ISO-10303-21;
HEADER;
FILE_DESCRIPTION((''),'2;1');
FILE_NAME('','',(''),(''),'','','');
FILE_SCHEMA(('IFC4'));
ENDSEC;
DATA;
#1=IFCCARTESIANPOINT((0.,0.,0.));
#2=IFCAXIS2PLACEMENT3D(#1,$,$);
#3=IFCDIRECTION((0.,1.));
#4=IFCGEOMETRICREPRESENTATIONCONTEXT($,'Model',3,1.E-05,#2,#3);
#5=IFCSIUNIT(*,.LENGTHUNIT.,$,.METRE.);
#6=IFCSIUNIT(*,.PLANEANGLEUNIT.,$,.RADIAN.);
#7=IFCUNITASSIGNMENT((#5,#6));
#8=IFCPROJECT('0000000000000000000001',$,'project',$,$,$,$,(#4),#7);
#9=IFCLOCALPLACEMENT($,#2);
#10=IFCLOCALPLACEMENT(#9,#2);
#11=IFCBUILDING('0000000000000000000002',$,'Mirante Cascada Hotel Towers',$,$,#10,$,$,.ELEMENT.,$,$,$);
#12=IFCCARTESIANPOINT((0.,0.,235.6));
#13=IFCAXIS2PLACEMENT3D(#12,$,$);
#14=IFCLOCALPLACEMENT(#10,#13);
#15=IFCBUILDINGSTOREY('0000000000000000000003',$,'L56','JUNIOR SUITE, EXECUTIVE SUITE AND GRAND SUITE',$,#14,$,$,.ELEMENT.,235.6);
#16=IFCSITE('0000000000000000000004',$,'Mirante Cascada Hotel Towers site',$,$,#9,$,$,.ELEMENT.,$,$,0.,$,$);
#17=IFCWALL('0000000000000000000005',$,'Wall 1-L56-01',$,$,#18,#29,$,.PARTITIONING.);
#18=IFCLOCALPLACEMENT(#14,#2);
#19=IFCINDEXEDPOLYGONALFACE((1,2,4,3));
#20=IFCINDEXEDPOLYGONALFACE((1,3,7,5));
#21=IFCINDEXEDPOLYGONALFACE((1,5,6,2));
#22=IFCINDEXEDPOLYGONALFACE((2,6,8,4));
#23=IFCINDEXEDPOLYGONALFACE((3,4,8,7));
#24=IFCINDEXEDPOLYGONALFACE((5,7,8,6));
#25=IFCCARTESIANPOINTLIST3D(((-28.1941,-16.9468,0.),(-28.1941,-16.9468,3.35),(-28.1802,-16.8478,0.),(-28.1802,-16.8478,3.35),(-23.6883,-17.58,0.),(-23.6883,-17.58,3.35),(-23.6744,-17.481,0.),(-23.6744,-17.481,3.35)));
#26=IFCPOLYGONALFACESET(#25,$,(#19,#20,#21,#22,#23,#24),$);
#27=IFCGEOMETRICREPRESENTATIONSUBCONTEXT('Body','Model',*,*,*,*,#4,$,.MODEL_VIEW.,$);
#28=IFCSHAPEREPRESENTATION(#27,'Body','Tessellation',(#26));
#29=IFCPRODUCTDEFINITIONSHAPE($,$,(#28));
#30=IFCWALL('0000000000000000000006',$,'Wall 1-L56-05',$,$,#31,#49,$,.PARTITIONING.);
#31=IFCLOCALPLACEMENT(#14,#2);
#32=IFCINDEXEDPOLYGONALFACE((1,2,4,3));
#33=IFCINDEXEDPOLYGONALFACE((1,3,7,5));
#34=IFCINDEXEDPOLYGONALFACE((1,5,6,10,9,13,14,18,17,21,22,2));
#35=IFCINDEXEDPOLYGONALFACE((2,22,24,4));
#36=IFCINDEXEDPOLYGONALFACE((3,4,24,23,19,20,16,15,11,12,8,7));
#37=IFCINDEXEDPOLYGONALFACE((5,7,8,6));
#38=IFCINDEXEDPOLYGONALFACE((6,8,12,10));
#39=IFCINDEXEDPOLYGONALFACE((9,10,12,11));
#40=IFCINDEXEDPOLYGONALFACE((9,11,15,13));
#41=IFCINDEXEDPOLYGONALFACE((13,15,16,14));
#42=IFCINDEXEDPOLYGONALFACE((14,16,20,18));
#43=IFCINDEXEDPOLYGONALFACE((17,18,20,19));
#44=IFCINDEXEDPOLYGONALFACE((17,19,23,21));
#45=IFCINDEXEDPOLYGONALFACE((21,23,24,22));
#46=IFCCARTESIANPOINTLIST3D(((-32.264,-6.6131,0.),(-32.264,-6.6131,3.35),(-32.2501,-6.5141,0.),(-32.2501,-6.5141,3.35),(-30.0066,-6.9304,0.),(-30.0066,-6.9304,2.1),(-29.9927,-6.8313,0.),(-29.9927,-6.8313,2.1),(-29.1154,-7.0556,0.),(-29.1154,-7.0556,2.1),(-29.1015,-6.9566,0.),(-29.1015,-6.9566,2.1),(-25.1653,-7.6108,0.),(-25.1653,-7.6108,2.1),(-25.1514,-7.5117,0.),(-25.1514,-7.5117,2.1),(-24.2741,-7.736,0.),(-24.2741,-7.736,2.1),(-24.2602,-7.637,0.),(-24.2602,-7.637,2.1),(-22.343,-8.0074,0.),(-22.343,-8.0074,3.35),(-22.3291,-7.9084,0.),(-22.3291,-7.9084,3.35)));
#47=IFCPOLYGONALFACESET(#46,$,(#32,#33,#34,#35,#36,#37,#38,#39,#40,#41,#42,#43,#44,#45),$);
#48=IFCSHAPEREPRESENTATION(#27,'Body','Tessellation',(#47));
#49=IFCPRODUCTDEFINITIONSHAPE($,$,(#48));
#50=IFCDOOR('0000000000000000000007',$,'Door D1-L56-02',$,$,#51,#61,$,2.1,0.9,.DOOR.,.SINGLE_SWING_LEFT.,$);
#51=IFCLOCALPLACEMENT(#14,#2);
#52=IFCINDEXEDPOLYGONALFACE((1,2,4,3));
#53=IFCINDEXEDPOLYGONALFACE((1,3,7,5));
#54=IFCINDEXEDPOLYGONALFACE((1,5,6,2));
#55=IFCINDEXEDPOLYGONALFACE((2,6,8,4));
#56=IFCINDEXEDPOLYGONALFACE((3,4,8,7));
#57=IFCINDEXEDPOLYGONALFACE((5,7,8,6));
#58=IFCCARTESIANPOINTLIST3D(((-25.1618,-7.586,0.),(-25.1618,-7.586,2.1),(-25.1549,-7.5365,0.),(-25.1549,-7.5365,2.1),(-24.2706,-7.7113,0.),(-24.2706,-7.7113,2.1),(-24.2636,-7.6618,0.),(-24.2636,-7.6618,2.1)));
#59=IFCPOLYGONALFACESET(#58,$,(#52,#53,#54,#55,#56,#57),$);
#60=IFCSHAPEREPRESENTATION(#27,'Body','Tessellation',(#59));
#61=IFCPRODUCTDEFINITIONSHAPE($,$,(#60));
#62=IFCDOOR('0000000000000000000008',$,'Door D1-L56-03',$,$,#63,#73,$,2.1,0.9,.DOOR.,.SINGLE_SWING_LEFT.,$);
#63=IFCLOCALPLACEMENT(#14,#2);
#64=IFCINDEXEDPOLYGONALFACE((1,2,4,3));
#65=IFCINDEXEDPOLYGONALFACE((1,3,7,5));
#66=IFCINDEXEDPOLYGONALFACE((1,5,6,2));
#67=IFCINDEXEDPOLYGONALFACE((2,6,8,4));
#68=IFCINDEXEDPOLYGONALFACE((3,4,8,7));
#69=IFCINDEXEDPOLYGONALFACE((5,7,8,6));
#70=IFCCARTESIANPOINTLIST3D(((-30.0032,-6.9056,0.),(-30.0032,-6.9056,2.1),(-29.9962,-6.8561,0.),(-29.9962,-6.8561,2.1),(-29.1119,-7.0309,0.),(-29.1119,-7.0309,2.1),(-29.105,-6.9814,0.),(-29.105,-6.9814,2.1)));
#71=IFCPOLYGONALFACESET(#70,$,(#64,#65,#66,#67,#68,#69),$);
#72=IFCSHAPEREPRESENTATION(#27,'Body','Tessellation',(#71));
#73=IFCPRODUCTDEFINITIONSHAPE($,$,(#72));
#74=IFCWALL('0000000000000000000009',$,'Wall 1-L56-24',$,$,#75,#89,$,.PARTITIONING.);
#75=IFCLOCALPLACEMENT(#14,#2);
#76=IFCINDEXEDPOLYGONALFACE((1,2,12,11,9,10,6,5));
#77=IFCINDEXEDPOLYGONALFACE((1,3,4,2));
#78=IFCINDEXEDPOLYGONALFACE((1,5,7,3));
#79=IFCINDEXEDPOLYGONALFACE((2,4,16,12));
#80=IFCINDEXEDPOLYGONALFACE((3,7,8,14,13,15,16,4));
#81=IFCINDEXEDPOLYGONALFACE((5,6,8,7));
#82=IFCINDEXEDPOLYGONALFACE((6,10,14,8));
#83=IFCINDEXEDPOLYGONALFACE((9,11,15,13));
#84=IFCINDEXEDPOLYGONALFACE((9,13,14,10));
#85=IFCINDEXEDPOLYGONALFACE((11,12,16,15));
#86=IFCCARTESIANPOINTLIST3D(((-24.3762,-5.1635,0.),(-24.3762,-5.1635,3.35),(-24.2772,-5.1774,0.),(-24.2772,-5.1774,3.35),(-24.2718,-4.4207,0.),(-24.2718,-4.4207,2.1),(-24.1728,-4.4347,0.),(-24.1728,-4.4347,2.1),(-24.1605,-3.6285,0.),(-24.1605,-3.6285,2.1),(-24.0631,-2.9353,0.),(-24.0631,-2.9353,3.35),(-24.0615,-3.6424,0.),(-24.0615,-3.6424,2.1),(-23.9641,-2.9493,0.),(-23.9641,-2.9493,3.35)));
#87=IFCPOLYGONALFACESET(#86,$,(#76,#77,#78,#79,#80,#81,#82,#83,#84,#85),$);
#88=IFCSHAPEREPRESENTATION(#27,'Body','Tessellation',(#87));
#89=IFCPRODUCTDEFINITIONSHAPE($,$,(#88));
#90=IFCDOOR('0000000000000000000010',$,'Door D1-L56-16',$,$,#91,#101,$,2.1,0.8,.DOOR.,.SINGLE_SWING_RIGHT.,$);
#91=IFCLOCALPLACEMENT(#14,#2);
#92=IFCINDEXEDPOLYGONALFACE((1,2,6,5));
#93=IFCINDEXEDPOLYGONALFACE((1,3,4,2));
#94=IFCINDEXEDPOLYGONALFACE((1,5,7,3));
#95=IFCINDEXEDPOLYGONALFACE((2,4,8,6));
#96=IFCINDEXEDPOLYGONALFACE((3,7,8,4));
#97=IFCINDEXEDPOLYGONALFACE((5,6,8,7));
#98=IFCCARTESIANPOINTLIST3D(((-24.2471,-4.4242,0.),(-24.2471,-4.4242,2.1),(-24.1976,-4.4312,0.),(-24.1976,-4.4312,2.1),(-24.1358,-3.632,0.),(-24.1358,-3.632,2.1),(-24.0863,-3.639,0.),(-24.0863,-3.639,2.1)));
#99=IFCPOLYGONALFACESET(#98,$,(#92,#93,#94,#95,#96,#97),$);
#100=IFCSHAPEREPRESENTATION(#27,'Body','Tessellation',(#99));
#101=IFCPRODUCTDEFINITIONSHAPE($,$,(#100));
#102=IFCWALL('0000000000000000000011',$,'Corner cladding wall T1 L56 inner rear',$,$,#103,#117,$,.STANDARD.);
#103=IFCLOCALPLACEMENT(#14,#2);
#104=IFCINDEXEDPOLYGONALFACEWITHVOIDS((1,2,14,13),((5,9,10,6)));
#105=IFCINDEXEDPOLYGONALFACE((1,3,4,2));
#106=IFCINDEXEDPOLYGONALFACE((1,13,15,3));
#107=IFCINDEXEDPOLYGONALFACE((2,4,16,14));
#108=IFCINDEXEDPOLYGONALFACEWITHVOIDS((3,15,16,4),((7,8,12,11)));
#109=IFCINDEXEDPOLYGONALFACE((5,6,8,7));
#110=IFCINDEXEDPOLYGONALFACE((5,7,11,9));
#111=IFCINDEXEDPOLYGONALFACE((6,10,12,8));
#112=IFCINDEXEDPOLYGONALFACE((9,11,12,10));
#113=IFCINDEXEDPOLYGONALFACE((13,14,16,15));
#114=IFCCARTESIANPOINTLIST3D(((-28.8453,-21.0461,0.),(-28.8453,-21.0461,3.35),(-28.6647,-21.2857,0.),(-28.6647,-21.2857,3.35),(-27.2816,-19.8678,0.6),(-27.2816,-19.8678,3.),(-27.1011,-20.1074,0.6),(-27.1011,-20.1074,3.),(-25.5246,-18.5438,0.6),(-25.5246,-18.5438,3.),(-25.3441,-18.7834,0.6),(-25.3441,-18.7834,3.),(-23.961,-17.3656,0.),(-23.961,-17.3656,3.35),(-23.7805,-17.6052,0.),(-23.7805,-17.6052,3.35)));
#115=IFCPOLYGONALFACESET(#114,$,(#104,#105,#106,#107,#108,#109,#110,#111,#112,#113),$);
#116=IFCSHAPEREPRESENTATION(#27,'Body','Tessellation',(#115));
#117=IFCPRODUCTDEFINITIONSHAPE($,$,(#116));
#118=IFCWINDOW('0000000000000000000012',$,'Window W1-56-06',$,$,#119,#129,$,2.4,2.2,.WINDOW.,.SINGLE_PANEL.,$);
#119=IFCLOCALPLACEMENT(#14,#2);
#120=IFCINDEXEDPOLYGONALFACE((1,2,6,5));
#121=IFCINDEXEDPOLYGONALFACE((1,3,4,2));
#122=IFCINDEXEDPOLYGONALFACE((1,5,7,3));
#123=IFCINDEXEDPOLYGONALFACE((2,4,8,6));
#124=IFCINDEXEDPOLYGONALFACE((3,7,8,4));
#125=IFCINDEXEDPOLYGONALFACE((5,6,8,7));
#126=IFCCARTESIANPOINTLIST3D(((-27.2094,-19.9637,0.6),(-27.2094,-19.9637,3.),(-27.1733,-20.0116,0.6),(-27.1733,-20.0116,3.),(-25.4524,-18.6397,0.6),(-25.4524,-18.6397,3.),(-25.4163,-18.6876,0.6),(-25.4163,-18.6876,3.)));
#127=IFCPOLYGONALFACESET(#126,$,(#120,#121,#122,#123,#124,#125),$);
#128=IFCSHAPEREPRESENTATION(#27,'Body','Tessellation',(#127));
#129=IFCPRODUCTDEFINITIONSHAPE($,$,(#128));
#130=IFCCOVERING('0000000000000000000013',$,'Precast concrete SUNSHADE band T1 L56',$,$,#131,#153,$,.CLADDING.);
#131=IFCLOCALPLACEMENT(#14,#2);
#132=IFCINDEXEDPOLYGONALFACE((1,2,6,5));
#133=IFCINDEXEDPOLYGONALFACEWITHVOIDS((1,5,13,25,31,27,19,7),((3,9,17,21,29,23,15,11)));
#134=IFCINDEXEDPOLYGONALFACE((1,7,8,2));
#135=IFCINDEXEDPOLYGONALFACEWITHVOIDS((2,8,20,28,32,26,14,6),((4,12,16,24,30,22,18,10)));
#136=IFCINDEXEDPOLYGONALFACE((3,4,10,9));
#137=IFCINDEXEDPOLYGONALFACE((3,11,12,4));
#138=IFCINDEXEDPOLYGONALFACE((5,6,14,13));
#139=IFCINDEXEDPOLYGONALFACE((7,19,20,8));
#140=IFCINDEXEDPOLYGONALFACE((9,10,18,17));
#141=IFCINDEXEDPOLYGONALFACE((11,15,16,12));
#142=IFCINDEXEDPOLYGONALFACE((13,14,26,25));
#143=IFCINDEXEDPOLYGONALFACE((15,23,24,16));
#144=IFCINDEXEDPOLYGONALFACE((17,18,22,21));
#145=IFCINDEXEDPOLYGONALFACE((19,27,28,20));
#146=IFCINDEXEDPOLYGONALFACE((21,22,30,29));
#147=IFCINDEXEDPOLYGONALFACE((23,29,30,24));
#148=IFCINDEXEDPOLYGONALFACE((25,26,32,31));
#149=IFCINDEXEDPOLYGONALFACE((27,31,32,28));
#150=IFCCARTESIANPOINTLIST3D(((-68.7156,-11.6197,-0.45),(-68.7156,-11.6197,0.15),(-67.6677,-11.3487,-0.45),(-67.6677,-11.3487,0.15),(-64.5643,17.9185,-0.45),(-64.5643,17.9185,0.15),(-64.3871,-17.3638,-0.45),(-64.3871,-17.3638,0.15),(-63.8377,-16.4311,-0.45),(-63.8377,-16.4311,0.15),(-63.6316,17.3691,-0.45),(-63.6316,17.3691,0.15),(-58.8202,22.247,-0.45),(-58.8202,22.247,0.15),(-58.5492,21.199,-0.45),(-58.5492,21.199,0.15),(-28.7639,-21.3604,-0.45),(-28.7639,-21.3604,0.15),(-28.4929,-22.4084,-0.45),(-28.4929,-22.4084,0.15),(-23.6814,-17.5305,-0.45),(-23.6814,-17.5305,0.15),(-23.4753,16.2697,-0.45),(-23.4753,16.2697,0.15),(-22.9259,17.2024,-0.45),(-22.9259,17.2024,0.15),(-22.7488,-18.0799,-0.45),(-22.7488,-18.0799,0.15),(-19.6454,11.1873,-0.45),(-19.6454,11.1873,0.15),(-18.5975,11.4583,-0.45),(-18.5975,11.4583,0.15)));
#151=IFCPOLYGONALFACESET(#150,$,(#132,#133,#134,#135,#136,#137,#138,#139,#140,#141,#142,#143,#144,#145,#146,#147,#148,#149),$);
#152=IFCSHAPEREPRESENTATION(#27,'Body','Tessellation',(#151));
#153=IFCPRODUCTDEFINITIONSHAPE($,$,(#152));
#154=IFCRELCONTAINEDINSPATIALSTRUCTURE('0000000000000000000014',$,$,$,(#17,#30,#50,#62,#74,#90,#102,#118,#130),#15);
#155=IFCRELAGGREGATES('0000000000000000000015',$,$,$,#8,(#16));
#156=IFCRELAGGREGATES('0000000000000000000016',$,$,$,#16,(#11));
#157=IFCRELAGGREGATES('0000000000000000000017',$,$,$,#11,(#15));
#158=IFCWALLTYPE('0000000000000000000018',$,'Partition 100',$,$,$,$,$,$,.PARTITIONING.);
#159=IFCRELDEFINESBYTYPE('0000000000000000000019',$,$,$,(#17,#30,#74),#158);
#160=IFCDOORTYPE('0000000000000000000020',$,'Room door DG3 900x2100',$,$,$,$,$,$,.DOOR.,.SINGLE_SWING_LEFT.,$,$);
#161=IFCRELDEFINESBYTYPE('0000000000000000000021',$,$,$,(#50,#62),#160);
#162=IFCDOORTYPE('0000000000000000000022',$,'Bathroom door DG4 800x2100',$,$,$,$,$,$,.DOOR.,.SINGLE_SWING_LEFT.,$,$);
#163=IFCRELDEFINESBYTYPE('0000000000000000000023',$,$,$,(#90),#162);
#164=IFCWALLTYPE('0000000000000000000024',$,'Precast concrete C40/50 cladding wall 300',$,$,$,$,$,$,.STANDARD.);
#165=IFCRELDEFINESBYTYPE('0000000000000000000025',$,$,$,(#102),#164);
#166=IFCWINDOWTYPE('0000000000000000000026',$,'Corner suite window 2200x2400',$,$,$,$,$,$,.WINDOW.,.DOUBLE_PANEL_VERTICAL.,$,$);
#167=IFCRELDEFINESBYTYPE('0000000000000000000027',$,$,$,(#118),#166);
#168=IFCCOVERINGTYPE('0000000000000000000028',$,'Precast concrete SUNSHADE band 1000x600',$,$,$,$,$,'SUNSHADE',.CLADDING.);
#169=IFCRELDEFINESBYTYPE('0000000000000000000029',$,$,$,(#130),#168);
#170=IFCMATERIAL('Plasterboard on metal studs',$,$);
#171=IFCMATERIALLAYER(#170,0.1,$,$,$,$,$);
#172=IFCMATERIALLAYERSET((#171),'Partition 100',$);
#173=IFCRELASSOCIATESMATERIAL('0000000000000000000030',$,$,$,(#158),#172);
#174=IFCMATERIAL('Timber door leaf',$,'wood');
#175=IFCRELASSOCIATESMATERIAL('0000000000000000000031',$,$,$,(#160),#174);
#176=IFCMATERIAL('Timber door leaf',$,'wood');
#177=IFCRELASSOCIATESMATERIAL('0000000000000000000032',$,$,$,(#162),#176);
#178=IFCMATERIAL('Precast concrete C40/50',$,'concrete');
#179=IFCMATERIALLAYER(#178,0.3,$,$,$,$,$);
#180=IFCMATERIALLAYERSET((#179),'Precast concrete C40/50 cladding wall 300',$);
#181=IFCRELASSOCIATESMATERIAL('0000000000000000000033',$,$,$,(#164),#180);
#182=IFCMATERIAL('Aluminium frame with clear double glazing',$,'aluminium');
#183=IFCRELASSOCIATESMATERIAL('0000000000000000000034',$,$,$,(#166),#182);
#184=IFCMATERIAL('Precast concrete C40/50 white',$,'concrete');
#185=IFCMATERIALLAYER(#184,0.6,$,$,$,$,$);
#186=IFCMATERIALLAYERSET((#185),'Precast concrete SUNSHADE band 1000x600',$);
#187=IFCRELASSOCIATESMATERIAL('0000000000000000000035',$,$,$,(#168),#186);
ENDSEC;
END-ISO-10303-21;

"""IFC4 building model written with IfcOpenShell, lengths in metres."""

from ifc_helpers import new_model, si_unit, direction, frame, frame_2d, origin, place, context, subcontext, project, spatial, polyline, rectangle, outline, extrude, material, layer, layer_set, type_object, element, fill, save


model = new_model("IFC4")

# Units and contexts
model_context = context("Model", 3, precision=1e-05, world=origin(), true_north=direction((0.0, 1.0)))
body_context = subcontext(model_context, "Body", "Model", "MODEL_VIEW")
ifc_project = project(units=[si_unit("LENGTHUNIT", "METRE"), si_unit("PLANEANGLEUNIT", "RADIAN")], contexts=[model_context])

# Site, building, storey
site_placement = place(None, origin())
site = spatial("IfcSite", under=ifc_project, at=site_placement, Name="Mirante Cascada Hotel Towers site", CompositionType="ELEMENT", RefElevation=0.0)
building_placement = place(site_placement, origin())
building = spatial("IfcBuilding", under=site, at=building_placement, Name="Mirante Cascada Hotel Towers", CompositionType="ELEMENT")
storey_placement = place(building_placement, frame((0.0, 0.0, 235.6)))
storey = spatial("IfcBuildingStorey", under=building, at=storey_placement, Name="L56", Description="JUNIOR SUITE, EXECUTIVE SUITE AND GRAND SUITE", CompositionType="ELEMENT", Elevation=235.6)

# Wall
ifc_material_1 = material(Name="Plasterboard on metal studs")
ifc_layer_1 = layer(ifc_material_1, 0.1)
ifc_layer_set_1 = layer_set([ifc_layer_1], Name="Partition 100")
wall_type_1 = type_object("IfcWallType", Name="Partition 100", PredefinedType="PARTITIONING", material=ifc_layer_set_1)
wall_1_placement = place(storey_placement, frame((-23.6814, -17.5305, 0.0), z_axis=(0.0, 0.0, 1.0), x_axis=(-0.99027, 0.139163, 0.0)))
element("IfcWall", 1, at=wall_1_placement, inside=storey, type_object=wall_type_1, Name="Wall 1-L56-01", PredefinedType="PARTITIONING", context=body_context, shape_type="SweptSolid", body=[
    extrude(rectangle(XDim=4.5501, YDim=0.1, at=frame_2d((2.275, 0.0))), origin(), (0.0, 0.0, 1.0), 3.35),
])

# Wall, openings, doors
wall_2_placement = place(storey_placement, frame((-22.3361, -7.9579, 0.0), z_axis=(0.0, 0.0, 1.0), x_axis=(-0.990268, 0.139173, 0.0)))
wall_2 = element("IfcWall", 2, at=wall_2_placement, inside=storey, type_object=wall_type_1, Name="Wall 1-L56-05", PredefinedType="PARTITIONING", context=body_context, shape_type="SweptSolid", body=[
    extrude(rectangle(XDim=10.0185, YDim=0.1, at=frame_2d((5.0092, 0.0))), origin(), (0.0, 0.0, 1.0), 3.35),
])
opening_1_placement = place(wall_2_placement, frame((1.95, 0.0, 0.0)))
opening_1 = element("IfcOpeningElement", 3, at=opening_1_placement, cuts=wall_2, PredefinedType="OPENING", context=body_context, shape_type="SweptSolid", body=[
    extrude(rectangle(XDim=0.9, YDim=2.1, at=frame_2d((0.45, 1.05))), frame((0.0, 0.05, 0.0), z_axis=(0.0, -1.0, 0.0), x_axis=(1.0, 0.0, 0.0)), (0.0, 0.0, 1.0), 0.1),
])
opening_2_placement = place(wall_2_placement, frame((6.8389, 0.0, 0.0)))
opening_2 = element("IfcOpeningElement", 4, at=opening_2_placement, cuts=wall_2, PredefinedType="OPENING", context=body_context, shape_type="SweptSolid", body=[
    extrude(rectangle(XDim=0.9, YDim=2.1, at=frame_2d((0.45, 1.05))), frame((0.0, 0.05, 0.0), z_axis=(0.0, -1.0, 0.0), x_axis=(1.0, 0.0, 0.0)), (0.0, 0.0, 1.0), 0.1),
])
ifc_material_2 = material(Name="Timber door leaf", Category="wood")
door_type_1 = type_object("IfcDoorType", Name="Room door DG3 900x2100", OperationType="SINGLE_SWING_LEFT", PredefinedType="DOOR", material=ifc_material_2)
door_1_placement = place(opening_1_placement, origin())
door_1 = element("IfcDoor", 5, at=door_1_placement, inside=storey, type_object=door_type_1, Name="Door D1-L56-02", OperationType="SINGLE_SWING_LEFT", OverallHeight=2.1, OverallWidth=0.9, PredefinedType="DOOR", context=body_context, shape_type="SweptSolid", body=[
    extrude(rectangle(XDim=0.9, YDim=2.1, at=frame_2d((0.45, 1.05))), frame((0.0, 0.025, 0.0), z_axis=(0.0, -1.0, 0.0), x_axis=(1.0, 0.0, 0.0)), (0.0, 0.0, 1.0), 0.05),
])
fill(opening_1, door_1)
door_2_placement = place(opening_2_placement, origin())
door_2 = element("IfcDoor", 6, at=door_2_placement, inside=storey, type_object=door_type_1, Name="Door D1-L56-03", OperationType="SINGLE_SWING_LEFT", OverallHeight=2.1, OverallWidth=0.9, PredefinedType="DOOR", context=body_context, shape_type="SweptSolid", body=[
    extrude(rectangle(XDim=0.9, YDim=2.1, at=frame_2d((0.45, 1.05))), frame((0.0, 0.025, 0.0), z_axis=(0.0, -1.0, 0.0), x_axis=(1.0, 0.0, 0.0)), (0.0, 0.0, 1.0), 0.05),
])
fill(opening_2, door_2)

# Wall, opening, door
wall_3_placement = place(storey_placement, frame((-24.0136, -2.9423, 0.0), z_axis=(0.0, 0.0, 1.0), x_axis=(-0.139156, -0.990271, 0.0)))
wall_3 = element("IfcWall", 7, at=wall_3_placement, inside=storey, type_object=wall_type_1, Name="Wall 1-L56-24", PredefinedType="PARTITIONING", context=body_context, shape_type="SweptSolid", body=[
    extrude(rectangle(XDim=2.25, YDim=0.1, at=frame_2d((1.125, 0.0))), origin(), (0.0, 0.0, 1.0), 3.35),
])
opening_3_placement = place(wall_3_placement, frame((0.7, 0.0, 0.0)))
opening_3 = element("IfcOpeningElement", 8, at=opening_3_placement, cuts=wall_3, PredefinedType="OPENING", context=body_context, shape_type="SweptSolid", body=[
    extrude(rectangle(XDim=0.8, YDim=2.1, at=frame_2d((0.4, 1.05))), frame((0.0, 0.05, 0.0), z_axis=(0.0, -1.0, 0.0), x_axis=(1.0, 0.0, 0.0)), (0.0, 0.0, 1.0), 0.1),
])
ifc_material_3 = material(Name="Timber door leaf", Category="wood")
door_type_2 = type_object("IfcDoorType", Name="Bathroom door DG4 800x2100", OperationType="SINGLE_SWING_LEFT", PredefinedType="DOOR", material=ifc_material_3)
door_3_placement = place(opening_3_placement, frame((0.8, 0.0, 0.0), z_axis=(0.0, 0.0, 1.0), x_axis=(-1.0, 0.0, 0.0)))
door_3 = element("IfcDoor", 9, at=door_3_placement, inside=storey, type_object=door_type_2, Name="Door D1-L56-16", OperationType="SINGLE_SWING_RIGHT", OverallHeight=2.1, OverallWidth=0.8, PredefinedType="DOOR", context=body_context, shape_type="SweptSolid", body=[
    extrude(rectangle(XDim=0.8, YDim=2.1, at=frame_2d((0.4, 1.05))), frame((0.0, 0.025, 0.0), z_axis=(0.0, -1.0, 0.0), x_axis=(1.0, 0.0, 0.0)), (0.0, 0.0, 1.0), 0.05),
])
fill(opening_3, door_3)

# Wall, opening, window
ifc_material_4 = material(Name="Precast concrete C40/50", Category="concrete")
ifc_layer_2 = layer(ifc_material_4, 0.3)
ifc_layer_set_2 = layer_set([ifc_layer_2], Name="Precast concrete C40/50 cladding wall 300")
wall_type_2 = type_object("IfcWallType", Name="Precast concrete C40/50 cladding wall 300", PredefinedType="STANDARD", material=ifc_layer_set_2)
wall_4_placement = place(storey_placement, frame((-23.8708, -17.4854, 0.0), z_axis=(0.0, 0.0, 1.0), x_axis=(-0.798636, -0.601814, 0.0)))
wall_4 = element("IfcWall", 10, at=wall_4_placement, inside=storey, type_object=wall_type_2, Name="Corner cladding wall T1 L56 inner rear", PredefinedType="STANDARD", context=body_context, shape_type="SweptSolid", body=[
    extrude(rectangle(XDim=6.1157, YDim=0.3, at=frame_2d((3.0578, 0.0))), origin(), (0.0, 0.0, 1.0), 3.35),
])
opening_4_placement = place(wall_4_placement, frame((1.9578, 0.0, 0.6)))
opening_4 = element("IfcOpeningElement", 11, at=opening_4_placement, cuts=wall_4, PredefinedType="OPENING", context=body_context, shape_type="SweptSolid", body=[
    extrude(rectangle(XDim=2.2, YDim=2.4, at=frame_2d((1.1, 1.2))), frame((0.0, 0.15, 0.0), z_axis=(0.0, -1.0, 0.0), x_axis=(1.0, 0.0, 0.0)), (0.0, 0.0, 1.0), 0.3),
])
ifc_material_5 = material(Name="Aluminium frame with clear double glazing", Category="aluminium")
window_type = type_object("IfcWindowType", Name="Corner suite window 2200x2400", PartitioningType="DOUBLE_PANEL_VERTICAL", PredefinedType="WINDOW", material=ifc_material_5)
window_placement = place(opening_4_placement, origin())
window = element("IfcWindow", 12, at=window_placement, inside=storey, type_object=window_type, Name="Window W1-56-06", OverallHeight=2.4, OverallWidth=2.2, PartitioningType="SINGLE_PANEL", PredefinedType="WINDOW", context=body_context, shape_type="SweptSolid", body=[
    extrude(rectangle(XDim=2.2, YDim=2.4, at=frame_2d((1.1, 1.2))), frame((0.0, 0.03, 0.0), z_axis=(0.0, -1.0, 0.0), x_axis=(1.0, 0.0, 0.0)), (0.0, 0.0, 1.0), 0.06),
])
fill(opening_4, window)

# Covering
ifc_material_6 = material(Name="Precast concrete C40/50 white", Category="concrete")
ifc_layer_3 = layer(ifc_material_6, 0.6)
ifc_layer_set_3 = layer_set([ifc_layer_3], Name="Precast concrete SUNSHADE band 1000x600")
covering_type = type_object("IfcCoveringType", Name="Precast concrete SUNSHADE band 1000x600", ElementType="SUNSHADE", PredefinedType="CLADDING", material=ifc_layer_set_3)
covering_placement = place(storey_placement, frame((0.0, 0.0, -0.45)))
element("IfcCovering", 13, at=covering_placement, inside=storey, type_object=covering_type, Name="Precast concrete SUNSHADE band T1 L56", PredefinedType="CLADDING", context=body_context, shape_type="SweptSolid", body=[
    extrude(outline(polyline([(-68.7156, -11.6197), (-64.5643, 17.9185), (-58.8202, 22.247), (-22.9259, 17.2024), (-18.5975, 11.4583), (-22.7488, -18.0799), (-28.4929, -22.4084), (-64.3871, -17.3638), (-68.7156, -11.6197)]), holes=[polyline([(-19.6454, 11.1873), (-23.4753, 16.2697), (-58.5492, 21.199), (-63.6316, 17.3691), (-67.6677, -11.3487), (-63.8377, -16.4311), (-28.7639, -21.3604), (-23.6814, -17.5305), (-19.6454, 11.1873)])]), origin(), (0.0, 0.0, 1.0), 0.6),
])

save(model, "model.ifc")
